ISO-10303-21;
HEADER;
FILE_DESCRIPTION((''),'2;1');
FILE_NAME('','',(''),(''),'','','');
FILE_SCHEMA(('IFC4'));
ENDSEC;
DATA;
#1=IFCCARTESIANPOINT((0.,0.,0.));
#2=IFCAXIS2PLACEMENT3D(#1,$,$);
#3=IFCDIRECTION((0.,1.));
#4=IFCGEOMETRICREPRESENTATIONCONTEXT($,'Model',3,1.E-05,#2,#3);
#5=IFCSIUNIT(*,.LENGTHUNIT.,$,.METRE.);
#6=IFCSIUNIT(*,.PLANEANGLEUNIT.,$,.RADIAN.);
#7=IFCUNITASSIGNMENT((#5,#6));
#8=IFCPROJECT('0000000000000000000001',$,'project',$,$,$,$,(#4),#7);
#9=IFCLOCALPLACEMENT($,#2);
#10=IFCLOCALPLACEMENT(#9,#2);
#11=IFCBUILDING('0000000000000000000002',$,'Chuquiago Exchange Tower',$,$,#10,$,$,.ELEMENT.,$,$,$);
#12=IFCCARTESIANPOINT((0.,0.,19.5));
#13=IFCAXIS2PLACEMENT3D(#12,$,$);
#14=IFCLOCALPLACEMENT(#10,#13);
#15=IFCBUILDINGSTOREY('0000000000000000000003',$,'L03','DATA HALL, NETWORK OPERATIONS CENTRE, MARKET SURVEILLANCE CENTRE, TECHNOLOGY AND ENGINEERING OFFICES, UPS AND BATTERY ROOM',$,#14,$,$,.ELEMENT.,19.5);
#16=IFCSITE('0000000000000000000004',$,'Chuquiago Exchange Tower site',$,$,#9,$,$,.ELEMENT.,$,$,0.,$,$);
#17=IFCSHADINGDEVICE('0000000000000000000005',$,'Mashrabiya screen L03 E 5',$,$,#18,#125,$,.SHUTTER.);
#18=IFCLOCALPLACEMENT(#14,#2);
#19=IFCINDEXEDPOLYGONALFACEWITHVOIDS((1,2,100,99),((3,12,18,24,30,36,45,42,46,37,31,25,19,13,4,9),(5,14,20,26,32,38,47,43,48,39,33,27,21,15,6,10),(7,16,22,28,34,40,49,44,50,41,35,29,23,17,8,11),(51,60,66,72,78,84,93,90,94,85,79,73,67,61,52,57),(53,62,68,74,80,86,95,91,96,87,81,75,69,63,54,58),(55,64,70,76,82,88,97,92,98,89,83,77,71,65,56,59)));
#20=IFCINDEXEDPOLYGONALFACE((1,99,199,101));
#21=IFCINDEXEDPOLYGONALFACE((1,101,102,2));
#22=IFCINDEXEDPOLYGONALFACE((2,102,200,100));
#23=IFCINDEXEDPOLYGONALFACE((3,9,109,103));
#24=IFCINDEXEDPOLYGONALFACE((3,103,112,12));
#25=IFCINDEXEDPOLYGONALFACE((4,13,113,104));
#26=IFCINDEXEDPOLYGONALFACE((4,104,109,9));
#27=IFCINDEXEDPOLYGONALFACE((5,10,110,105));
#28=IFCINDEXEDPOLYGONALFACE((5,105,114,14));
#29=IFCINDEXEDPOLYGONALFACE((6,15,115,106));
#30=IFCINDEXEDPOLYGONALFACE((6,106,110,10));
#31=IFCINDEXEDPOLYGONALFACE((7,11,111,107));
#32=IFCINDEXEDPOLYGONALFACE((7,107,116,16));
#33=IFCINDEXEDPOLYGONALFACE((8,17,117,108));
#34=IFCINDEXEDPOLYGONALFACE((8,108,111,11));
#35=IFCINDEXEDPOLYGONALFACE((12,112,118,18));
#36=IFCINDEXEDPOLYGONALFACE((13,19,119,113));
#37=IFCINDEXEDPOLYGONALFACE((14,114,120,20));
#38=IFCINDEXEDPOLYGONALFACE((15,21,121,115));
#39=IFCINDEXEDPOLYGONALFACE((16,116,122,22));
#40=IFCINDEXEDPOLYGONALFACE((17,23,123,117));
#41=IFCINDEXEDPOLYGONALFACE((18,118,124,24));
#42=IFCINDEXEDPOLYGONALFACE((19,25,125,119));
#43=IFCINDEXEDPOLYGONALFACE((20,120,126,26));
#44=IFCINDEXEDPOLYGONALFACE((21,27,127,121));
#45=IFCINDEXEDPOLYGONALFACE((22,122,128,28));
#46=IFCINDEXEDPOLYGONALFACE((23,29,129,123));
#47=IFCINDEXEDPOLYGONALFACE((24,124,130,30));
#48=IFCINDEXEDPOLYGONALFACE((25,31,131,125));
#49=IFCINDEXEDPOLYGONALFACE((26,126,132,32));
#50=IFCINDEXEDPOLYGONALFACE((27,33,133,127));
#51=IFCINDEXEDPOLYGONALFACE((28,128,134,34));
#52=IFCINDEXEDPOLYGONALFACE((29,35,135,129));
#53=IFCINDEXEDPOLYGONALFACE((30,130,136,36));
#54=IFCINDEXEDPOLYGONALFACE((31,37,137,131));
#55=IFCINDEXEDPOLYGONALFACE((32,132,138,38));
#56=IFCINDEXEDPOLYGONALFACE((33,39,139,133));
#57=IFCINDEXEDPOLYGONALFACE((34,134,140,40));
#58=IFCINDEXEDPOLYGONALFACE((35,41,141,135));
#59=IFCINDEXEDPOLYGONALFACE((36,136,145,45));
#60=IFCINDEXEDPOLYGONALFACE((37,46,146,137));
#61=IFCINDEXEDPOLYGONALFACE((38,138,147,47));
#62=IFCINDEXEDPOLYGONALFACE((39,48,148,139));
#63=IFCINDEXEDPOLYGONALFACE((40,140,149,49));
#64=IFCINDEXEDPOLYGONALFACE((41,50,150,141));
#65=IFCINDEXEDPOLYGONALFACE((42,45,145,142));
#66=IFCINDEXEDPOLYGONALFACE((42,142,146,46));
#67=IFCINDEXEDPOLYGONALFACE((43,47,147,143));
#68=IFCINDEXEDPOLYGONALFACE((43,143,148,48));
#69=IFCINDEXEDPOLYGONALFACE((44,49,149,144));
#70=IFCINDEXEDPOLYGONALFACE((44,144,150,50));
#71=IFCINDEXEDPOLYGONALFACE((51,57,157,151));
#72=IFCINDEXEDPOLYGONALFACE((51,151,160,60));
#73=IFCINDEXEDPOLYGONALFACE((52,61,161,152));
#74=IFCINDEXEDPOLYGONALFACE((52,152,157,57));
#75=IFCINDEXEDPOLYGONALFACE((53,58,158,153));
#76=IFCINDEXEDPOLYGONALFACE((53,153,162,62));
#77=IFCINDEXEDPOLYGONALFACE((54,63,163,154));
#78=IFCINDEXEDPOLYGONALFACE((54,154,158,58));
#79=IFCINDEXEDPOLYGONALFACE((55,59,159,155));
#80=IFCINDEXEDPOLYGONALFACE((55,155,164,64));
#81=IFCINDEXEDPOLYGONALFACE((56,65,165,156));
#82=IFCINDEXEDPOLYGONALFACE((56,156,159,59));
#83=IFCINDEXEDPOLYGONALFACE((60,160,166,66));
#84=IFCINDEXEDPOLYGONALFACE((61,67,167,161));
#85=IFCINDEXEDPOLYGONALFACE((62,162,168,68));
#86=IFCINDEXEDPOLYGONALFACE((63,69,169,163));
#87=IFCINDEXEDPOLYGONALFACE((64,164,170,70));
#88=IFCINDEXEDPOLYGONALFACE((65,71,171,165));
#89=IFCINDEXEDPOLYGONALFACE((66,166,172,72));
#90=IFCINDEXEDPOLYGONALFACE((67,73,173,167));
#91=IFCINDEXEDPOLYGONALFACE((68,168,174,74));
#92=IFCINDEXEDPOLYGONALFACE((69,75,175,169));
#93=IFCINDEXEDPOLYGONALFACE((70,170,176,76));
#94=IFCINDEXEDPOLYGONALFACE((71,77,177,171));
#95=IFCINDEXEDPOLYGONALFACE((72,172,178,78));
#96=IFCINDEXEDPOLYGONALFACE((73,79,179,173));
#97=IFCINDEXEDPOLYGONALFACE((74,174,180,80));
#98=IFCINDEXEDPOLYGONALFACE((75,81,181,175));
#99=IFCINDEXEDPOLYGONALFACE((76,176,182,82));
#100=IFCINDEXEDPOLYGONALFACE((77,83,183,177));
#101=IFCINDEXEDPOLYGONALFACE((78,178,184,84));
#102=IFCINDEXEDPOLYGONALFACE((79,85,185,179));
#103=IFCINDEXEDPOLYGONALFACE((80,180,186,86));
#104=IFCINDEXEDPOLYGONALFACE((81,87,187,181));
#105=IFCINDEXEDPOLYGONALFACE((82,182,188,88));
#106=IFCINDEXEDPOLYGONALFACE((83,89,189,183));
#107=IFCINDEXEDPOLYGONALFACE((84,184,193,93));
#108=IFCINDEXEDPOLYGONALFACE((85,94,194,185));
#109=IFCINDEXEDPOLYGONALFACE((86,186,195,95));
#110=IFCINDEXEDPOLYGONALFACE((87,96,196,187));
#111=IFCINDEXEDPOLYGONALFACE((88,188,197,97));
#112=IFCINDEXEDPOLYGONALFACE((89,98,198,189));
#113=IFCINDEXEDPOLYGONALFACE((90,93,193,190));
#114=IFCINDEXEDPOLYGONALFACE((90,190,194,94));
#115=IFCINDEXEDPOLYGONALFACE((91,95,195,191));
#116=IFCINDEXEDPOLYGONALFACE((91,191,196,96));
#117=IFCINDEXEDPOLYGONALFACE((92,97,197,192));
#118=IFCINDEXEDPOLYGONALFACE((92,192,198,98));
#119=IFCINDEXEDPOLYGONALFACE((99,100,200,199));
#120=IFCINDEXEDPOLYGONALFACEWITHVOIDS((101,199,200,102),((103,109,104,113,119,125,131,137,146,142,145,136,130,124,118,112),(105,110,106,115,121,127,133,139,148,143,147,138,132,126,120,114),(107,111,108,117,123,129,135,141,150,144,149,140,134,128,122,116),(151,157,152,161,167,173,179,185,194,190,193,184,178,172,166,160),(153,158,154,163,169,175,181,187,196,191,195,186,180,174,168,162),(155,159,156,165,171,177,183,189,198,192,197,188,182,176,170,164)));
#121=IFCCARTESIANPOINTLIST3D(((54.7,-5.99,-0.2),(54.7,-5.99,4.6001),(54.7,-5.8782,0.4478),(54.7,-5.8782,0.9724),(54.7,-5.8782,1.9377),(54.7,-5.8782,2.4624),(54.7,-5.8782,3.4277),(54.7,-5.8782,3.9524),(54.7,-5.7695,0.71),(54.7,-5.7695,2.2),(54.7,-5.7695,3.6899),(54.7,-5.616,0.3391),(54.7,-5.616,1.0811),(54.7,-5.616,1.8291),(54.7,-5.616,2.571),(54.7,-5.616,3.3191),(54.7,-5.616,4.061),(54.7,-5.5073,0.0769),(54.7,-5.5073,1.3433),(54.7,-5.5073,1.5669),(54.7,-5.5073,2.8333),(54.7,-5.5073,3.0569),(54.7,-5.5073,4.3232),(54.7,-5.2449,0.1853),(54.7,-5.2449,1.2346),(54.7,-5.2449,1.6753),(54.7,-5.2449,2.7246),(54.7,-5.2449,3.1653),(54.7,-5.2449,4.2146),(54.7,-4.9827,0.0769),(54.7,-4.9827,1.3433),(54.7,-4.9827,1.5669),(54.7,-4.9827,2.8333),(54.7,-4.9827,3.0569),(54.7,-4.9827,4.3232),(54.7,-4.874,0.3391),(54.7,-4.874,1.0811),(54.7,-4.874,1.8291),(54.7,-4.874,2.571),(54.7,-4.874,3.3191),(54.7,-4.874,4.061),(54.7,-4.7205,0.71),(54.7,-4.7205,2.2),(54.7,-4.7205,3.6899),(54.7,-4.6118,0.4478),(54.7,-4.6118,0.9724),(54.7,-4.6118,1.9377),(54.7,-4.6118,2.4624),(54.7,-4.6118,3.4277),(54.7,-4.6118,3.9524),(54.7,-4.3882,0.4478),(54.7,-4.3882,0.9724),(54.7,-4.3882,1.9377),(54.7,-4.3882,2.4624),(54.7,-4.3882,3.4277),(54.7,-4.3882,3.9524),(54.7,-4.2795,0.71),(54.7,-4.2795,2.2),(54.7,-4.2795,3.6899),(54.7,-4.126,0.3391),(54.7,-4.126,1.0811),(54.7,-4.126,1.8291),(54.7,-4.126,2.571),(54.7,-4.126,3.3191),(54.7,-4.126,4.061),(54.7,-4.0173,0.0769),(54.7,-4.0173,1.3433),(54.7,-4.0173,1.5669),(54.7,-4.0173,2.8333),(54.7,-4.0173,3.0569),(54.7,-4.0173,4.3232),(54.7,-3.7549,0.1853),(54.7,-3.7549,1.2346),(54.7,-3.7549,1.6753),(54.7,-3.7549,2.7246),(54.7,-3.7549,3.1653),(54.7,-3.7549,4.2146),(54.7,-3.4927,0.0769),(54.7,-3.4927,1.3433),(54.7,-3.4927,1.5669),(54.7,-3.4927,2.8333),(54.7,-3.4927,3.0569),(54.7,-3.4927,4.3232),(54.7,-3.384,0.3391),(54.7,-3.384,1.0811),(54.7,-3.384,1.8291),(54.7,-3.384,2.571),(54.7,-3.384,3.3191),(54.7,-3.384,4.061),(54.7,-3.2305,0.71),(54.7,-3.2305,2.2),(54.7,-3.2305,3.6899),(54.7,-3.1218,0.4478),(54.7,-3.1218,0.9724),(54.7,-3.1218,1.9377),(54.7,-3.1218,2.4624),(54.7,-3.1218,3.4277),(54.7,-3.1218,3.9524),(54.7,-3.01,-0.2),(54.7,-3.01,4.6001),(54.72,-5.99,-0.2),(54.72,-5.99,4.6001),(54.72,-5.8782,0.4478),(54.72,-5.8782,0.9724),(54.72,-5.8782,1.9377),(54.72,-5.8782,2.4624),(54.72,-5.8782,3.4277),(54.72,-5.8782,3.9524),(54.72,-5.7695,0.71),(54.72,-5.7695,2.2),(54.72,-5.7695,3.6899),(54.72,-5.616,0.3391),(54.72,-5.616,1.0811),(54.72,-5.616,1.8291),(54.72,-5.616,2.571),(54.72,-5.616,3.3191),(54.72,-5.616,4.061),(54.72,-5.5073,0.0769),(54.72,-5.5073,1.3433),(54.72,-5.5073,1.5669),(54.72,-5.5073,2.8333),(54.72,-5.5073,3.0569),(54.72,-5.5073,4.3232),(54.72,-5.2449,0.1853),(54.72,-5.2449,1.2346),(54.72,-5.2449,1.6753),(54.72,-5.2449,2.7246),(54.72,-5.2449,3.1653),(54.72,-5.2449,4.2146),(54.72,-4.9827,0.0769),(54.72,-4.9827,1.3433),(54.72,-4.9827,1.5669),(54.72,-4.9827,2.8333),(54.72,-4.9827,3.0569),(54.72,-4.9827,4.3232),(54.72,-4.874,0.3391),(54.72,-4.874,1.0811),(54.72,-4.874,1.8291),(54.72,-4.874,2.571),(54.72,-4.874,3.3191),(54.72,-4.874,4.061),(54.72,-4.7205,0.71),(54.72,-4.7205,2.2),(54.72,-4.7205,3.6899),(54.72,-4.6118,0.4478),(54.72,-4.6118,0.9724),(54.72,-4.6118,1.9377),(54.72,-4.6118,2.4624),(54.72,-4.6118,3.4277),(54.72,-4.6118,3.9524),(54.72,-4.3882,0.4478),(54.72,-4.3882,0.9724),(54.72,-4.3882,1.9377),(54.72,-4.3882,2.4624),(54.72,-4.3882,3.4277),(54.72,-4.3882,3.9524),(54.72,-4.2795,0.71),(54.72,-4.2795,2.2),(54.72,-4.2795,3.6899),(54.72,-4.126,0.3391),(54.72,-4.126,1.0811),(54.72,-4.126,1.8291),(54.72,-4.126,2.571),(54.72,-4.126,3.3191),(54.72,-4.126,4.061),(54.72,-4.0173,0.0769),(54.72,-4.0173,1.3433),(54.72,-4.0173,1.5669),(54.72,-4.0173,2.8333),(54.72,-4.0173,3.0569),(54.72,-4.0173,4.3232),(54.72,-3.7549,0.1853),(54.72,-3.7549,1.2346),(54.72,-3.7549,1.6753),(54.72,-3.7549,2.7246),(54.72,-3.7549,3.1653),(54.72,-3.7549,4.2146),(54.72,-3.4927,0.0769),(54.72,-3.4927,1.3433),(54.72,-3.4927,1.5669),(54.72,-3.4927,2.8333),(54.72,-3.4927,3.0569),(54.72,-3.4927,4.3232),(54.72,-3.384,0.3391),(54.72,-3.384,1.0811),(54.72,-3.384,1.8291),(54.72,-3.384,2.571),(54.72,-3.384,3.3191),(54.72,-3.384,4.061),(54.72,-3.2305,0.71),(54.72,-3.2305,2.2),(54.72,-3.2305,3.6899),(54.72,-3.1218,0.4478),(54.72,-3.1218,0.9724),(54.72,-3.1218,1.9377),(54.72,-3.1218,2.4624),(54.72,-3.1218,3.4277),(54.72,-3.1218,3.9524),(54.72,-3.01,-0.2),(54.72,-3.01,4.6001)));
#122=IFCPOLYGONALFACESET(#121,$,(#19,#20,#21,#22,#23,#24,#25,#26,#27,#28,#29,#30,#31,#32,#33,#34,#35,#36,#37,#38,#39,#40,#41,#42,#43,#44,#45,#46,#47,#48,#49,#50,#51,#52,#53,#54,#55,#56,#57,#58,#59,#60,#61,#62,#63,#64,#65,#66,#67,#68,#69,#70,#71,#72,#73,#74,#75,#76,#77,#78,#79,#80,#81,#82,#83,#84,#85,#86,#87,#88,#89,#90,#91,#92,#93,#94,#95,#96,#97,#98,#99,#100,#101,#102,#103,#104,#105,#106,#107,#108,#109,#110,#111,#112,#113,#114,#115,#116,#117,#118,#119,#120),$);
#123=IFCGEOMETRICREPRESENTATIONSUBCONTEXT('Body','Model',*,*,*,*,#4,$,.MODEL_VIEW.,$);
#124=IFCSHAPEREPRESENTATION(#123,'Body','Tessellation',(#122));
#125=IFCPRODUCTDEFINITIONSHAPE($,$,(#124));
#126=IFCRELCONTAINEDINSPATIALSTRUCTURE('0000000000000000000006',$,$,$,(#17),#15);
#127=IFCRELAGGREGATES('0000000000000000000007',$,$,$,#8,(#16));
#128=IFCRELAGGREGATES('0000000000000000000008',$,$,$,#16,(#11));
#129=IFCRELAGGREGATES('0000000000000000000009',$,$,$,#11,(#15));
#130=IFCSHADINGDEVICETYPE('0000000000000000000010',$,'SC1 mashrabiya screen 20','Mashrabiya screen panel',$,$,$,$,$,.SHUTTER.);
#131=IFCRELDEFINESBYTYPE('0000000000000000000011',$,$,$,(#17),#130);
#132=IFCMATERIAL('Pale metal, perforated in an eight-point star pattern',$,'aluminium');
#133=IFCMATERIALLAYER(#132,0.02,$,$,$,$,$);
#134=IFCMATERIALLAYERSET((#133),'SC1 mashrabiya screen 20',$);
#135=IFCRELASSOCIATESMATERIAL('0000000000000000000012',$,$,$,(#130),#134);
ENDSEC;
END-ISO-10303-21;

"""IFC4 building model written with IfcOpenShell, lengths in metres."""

from ifc_helpers import new_model, si_unit, direction, frame, origin, place, context, subcontext, project, spatial, polyline, outline, extrude, material, layer, layer_set, type_object, element, save


model = new_model("IFC4")

# Units and contexts
model_context = context("Model", 3, precision=1e-05, world=origin(), true_north=direction((0.0, 1.0)))
body_context = subcontext(model_context, "Body", "Model", "MODEL_VIEW")
ifc_project = project(units=[si_unit("LENGTHUNIT", "METRE"), si_unit("PLANEANGLEUNIT", "RADIAN")], contexts=[model_context])

# Site, building, storey
site_placement = place(None, origin())
site = spatial("IfcSite", under=ifc_project, at=site_placement, Name="Chuquiago Exchange Tower site", CompositionType="ELEMENT", RefElevation=0.0)
building_placement = place(site_placement, origin())
building = spatial("IfcBuilding", under=site, at=building_placement, Name="Chuquiago Exchange Tower", CompositionType="ELEMENT")
storey_placement = place(building_placement, frame((0.0, 0.0, 19.5)))
storey = spatial("IfcBuildingStorey", under=building, at=storey_placement, Name="L03", Description="DATA HALL, NETWORK OPERATIONS CENTRE, MARKET SURVEILLANCE CENTRE, TECHNOLOGY AND ENGINEERING OFFICES, UPS AND BATTERY ROOM", CompositionType="ELEMENT", Elevation=19.5)

# Shading device
ifc_material_1 = material(Name="Pale metal, perforated in an eight-point star pattern", Category="aluminium")
ifc_layer_1 = layer(ifc_material_1, 0.02)
ifc_layer_set_1 = layer_set([ifc_layer_1], Name="SC1 mashrabiya screen 20")
shading_device_type = type_object("IfcShadingDeviceType", Name="SC1 mashrabiya screen 20", Description="Mashrabiya screen panel", PredefinedType="SHUTTER", material=ifc_layer_set_1)
shading_device_1_placement = place(storey_placement, frame((54.7, -5.99, -0.2), z_axis=(0.0, 0.0, 1.0), x_axis=(0.0, 1.0, 0.0)))
element("IfcShadingDevice", 1, at=shading_device_1_placement, inside=storey, type_object=shading_device_type, Name="Mashrabiya screen L03 E 5", PredefinedType="SHUTTER", context=body_context, shape_type="SweptSolid", body=[
    extrude(outline(polyline([(0.0, 0.0), (2.98, 0.0), (2.98, 4.8), (0.0, 4.8), (0.0, 0.0)]), holes=[polyline([(1.2695, 0.9099), (1.3782, 1.1724), (1.116, 1.281), (1.0073, 1.5432), (0.7451, 1.4346), (0.4827, 1.5432), (0.374, 1.281), (0.1118, 1.1724), (0.2205, 0.9099), (0.1118, 0.6477), (0.374, 0.5391), (0.4827, 0.2769), (0.7451, 0.3853), (1.0073, 0.2769), (1.116, 0.5391), (1.3782, 0.6477), (1.2695, 0.9099)]), polyline([(2.7595, 0.9099), (2.8682, 1.1724), (2.606, 1.281), (2.4973, 1.5432), (2.2351, 1.4346), (1.9727, 1.5432), (1.864, 1.281), (1.6018, 1.1724), (1.7104, 0.9099), (1.6018, 0.6477), (1.864, 0.5391), (1.9727, 0.2769), (2.2351, 0.3853), (2.4973, 0.2769), (2.606, 0.5391), (2.8682, 0.6477), (2.7595, 0.9099)]), polyline([(1.2695, 2.3999), (1.3782, 2.6624), (1.116, 2.771), (1.0073, 3.0332), (0.7451, 2.9246), (0.4827, 3.0332), (0.374, 2.771), (0.1118, 2.6624), (0.2205, 2.3999), (0.1118, 2.1377), (0.374, 2.0291), (0.4827, 1.7668), (0.7451, 1.8752), (1.0073, 1.7668), (1.116, 2.0291), (1.3782, 2.1377), (1.2695, 2.3999)]), polyline([(2.7595, 2.3999), (2.8682, 2.6624), (2.606, 2.771), (2.4973, 3.0332), (2.2351, 2.9246), (1.9727, 3.0332), (1.864, 2.771), (1.6018, 2.6624), (1.7104, 2.3999), (1.6018, 2.1377), (1.864, 2.0291), (1.9727, 1.7668), (2.2351, 1.8752), (2.4973, 1.7668), (2.606, 2.0291), (2.8682, 2.1377), (2.7595, 2.3999)]), polyline([(1.2695, 3.8899), (1.3782, 4.1523), (1.116, 4.261), (1.0073, 4.5232), (0.7451, 4.4146), (0.4827, 4.5232), (0.374, 4.261), (0.1118, 4.1523), (0.2205, 3.8899), (0.1118, 3.6277), (0.374, 3.519), (0.4827, 3.2568), (0.7451, 3.3652), (1.0073, 3.2568), (1.116, 3.519), (1.3782, 3.6277), (1.2695, 3.8899)]), polyline([(2.7595, 3.8899), (2.8682, 4.1523), (2.606, 4.261), (2.4973, 4.5232), (2.2351, 4.4146), (1.9727, 4.5232), (1.864, 4.261), (1.6018, 4.1523), (1.7104, 3.8899), (1.6018, 3.6277), (1.864, 3.519), (1.9727, 3.2568), (2.2351, 3.3652), (2.4973, 3.2568), (2.606, 3.519), (2.8682, 3.6277), (2.7595, 3.8899)])]), frame((0.0, 0.0, 0.0), z_axis=(0.0, -1.0, 0.0), x_axis=(1.0, 0.0, 0.0)), (0.0, 0.0, 1.0), 0.02),
])

save(model, "model.ifc")
